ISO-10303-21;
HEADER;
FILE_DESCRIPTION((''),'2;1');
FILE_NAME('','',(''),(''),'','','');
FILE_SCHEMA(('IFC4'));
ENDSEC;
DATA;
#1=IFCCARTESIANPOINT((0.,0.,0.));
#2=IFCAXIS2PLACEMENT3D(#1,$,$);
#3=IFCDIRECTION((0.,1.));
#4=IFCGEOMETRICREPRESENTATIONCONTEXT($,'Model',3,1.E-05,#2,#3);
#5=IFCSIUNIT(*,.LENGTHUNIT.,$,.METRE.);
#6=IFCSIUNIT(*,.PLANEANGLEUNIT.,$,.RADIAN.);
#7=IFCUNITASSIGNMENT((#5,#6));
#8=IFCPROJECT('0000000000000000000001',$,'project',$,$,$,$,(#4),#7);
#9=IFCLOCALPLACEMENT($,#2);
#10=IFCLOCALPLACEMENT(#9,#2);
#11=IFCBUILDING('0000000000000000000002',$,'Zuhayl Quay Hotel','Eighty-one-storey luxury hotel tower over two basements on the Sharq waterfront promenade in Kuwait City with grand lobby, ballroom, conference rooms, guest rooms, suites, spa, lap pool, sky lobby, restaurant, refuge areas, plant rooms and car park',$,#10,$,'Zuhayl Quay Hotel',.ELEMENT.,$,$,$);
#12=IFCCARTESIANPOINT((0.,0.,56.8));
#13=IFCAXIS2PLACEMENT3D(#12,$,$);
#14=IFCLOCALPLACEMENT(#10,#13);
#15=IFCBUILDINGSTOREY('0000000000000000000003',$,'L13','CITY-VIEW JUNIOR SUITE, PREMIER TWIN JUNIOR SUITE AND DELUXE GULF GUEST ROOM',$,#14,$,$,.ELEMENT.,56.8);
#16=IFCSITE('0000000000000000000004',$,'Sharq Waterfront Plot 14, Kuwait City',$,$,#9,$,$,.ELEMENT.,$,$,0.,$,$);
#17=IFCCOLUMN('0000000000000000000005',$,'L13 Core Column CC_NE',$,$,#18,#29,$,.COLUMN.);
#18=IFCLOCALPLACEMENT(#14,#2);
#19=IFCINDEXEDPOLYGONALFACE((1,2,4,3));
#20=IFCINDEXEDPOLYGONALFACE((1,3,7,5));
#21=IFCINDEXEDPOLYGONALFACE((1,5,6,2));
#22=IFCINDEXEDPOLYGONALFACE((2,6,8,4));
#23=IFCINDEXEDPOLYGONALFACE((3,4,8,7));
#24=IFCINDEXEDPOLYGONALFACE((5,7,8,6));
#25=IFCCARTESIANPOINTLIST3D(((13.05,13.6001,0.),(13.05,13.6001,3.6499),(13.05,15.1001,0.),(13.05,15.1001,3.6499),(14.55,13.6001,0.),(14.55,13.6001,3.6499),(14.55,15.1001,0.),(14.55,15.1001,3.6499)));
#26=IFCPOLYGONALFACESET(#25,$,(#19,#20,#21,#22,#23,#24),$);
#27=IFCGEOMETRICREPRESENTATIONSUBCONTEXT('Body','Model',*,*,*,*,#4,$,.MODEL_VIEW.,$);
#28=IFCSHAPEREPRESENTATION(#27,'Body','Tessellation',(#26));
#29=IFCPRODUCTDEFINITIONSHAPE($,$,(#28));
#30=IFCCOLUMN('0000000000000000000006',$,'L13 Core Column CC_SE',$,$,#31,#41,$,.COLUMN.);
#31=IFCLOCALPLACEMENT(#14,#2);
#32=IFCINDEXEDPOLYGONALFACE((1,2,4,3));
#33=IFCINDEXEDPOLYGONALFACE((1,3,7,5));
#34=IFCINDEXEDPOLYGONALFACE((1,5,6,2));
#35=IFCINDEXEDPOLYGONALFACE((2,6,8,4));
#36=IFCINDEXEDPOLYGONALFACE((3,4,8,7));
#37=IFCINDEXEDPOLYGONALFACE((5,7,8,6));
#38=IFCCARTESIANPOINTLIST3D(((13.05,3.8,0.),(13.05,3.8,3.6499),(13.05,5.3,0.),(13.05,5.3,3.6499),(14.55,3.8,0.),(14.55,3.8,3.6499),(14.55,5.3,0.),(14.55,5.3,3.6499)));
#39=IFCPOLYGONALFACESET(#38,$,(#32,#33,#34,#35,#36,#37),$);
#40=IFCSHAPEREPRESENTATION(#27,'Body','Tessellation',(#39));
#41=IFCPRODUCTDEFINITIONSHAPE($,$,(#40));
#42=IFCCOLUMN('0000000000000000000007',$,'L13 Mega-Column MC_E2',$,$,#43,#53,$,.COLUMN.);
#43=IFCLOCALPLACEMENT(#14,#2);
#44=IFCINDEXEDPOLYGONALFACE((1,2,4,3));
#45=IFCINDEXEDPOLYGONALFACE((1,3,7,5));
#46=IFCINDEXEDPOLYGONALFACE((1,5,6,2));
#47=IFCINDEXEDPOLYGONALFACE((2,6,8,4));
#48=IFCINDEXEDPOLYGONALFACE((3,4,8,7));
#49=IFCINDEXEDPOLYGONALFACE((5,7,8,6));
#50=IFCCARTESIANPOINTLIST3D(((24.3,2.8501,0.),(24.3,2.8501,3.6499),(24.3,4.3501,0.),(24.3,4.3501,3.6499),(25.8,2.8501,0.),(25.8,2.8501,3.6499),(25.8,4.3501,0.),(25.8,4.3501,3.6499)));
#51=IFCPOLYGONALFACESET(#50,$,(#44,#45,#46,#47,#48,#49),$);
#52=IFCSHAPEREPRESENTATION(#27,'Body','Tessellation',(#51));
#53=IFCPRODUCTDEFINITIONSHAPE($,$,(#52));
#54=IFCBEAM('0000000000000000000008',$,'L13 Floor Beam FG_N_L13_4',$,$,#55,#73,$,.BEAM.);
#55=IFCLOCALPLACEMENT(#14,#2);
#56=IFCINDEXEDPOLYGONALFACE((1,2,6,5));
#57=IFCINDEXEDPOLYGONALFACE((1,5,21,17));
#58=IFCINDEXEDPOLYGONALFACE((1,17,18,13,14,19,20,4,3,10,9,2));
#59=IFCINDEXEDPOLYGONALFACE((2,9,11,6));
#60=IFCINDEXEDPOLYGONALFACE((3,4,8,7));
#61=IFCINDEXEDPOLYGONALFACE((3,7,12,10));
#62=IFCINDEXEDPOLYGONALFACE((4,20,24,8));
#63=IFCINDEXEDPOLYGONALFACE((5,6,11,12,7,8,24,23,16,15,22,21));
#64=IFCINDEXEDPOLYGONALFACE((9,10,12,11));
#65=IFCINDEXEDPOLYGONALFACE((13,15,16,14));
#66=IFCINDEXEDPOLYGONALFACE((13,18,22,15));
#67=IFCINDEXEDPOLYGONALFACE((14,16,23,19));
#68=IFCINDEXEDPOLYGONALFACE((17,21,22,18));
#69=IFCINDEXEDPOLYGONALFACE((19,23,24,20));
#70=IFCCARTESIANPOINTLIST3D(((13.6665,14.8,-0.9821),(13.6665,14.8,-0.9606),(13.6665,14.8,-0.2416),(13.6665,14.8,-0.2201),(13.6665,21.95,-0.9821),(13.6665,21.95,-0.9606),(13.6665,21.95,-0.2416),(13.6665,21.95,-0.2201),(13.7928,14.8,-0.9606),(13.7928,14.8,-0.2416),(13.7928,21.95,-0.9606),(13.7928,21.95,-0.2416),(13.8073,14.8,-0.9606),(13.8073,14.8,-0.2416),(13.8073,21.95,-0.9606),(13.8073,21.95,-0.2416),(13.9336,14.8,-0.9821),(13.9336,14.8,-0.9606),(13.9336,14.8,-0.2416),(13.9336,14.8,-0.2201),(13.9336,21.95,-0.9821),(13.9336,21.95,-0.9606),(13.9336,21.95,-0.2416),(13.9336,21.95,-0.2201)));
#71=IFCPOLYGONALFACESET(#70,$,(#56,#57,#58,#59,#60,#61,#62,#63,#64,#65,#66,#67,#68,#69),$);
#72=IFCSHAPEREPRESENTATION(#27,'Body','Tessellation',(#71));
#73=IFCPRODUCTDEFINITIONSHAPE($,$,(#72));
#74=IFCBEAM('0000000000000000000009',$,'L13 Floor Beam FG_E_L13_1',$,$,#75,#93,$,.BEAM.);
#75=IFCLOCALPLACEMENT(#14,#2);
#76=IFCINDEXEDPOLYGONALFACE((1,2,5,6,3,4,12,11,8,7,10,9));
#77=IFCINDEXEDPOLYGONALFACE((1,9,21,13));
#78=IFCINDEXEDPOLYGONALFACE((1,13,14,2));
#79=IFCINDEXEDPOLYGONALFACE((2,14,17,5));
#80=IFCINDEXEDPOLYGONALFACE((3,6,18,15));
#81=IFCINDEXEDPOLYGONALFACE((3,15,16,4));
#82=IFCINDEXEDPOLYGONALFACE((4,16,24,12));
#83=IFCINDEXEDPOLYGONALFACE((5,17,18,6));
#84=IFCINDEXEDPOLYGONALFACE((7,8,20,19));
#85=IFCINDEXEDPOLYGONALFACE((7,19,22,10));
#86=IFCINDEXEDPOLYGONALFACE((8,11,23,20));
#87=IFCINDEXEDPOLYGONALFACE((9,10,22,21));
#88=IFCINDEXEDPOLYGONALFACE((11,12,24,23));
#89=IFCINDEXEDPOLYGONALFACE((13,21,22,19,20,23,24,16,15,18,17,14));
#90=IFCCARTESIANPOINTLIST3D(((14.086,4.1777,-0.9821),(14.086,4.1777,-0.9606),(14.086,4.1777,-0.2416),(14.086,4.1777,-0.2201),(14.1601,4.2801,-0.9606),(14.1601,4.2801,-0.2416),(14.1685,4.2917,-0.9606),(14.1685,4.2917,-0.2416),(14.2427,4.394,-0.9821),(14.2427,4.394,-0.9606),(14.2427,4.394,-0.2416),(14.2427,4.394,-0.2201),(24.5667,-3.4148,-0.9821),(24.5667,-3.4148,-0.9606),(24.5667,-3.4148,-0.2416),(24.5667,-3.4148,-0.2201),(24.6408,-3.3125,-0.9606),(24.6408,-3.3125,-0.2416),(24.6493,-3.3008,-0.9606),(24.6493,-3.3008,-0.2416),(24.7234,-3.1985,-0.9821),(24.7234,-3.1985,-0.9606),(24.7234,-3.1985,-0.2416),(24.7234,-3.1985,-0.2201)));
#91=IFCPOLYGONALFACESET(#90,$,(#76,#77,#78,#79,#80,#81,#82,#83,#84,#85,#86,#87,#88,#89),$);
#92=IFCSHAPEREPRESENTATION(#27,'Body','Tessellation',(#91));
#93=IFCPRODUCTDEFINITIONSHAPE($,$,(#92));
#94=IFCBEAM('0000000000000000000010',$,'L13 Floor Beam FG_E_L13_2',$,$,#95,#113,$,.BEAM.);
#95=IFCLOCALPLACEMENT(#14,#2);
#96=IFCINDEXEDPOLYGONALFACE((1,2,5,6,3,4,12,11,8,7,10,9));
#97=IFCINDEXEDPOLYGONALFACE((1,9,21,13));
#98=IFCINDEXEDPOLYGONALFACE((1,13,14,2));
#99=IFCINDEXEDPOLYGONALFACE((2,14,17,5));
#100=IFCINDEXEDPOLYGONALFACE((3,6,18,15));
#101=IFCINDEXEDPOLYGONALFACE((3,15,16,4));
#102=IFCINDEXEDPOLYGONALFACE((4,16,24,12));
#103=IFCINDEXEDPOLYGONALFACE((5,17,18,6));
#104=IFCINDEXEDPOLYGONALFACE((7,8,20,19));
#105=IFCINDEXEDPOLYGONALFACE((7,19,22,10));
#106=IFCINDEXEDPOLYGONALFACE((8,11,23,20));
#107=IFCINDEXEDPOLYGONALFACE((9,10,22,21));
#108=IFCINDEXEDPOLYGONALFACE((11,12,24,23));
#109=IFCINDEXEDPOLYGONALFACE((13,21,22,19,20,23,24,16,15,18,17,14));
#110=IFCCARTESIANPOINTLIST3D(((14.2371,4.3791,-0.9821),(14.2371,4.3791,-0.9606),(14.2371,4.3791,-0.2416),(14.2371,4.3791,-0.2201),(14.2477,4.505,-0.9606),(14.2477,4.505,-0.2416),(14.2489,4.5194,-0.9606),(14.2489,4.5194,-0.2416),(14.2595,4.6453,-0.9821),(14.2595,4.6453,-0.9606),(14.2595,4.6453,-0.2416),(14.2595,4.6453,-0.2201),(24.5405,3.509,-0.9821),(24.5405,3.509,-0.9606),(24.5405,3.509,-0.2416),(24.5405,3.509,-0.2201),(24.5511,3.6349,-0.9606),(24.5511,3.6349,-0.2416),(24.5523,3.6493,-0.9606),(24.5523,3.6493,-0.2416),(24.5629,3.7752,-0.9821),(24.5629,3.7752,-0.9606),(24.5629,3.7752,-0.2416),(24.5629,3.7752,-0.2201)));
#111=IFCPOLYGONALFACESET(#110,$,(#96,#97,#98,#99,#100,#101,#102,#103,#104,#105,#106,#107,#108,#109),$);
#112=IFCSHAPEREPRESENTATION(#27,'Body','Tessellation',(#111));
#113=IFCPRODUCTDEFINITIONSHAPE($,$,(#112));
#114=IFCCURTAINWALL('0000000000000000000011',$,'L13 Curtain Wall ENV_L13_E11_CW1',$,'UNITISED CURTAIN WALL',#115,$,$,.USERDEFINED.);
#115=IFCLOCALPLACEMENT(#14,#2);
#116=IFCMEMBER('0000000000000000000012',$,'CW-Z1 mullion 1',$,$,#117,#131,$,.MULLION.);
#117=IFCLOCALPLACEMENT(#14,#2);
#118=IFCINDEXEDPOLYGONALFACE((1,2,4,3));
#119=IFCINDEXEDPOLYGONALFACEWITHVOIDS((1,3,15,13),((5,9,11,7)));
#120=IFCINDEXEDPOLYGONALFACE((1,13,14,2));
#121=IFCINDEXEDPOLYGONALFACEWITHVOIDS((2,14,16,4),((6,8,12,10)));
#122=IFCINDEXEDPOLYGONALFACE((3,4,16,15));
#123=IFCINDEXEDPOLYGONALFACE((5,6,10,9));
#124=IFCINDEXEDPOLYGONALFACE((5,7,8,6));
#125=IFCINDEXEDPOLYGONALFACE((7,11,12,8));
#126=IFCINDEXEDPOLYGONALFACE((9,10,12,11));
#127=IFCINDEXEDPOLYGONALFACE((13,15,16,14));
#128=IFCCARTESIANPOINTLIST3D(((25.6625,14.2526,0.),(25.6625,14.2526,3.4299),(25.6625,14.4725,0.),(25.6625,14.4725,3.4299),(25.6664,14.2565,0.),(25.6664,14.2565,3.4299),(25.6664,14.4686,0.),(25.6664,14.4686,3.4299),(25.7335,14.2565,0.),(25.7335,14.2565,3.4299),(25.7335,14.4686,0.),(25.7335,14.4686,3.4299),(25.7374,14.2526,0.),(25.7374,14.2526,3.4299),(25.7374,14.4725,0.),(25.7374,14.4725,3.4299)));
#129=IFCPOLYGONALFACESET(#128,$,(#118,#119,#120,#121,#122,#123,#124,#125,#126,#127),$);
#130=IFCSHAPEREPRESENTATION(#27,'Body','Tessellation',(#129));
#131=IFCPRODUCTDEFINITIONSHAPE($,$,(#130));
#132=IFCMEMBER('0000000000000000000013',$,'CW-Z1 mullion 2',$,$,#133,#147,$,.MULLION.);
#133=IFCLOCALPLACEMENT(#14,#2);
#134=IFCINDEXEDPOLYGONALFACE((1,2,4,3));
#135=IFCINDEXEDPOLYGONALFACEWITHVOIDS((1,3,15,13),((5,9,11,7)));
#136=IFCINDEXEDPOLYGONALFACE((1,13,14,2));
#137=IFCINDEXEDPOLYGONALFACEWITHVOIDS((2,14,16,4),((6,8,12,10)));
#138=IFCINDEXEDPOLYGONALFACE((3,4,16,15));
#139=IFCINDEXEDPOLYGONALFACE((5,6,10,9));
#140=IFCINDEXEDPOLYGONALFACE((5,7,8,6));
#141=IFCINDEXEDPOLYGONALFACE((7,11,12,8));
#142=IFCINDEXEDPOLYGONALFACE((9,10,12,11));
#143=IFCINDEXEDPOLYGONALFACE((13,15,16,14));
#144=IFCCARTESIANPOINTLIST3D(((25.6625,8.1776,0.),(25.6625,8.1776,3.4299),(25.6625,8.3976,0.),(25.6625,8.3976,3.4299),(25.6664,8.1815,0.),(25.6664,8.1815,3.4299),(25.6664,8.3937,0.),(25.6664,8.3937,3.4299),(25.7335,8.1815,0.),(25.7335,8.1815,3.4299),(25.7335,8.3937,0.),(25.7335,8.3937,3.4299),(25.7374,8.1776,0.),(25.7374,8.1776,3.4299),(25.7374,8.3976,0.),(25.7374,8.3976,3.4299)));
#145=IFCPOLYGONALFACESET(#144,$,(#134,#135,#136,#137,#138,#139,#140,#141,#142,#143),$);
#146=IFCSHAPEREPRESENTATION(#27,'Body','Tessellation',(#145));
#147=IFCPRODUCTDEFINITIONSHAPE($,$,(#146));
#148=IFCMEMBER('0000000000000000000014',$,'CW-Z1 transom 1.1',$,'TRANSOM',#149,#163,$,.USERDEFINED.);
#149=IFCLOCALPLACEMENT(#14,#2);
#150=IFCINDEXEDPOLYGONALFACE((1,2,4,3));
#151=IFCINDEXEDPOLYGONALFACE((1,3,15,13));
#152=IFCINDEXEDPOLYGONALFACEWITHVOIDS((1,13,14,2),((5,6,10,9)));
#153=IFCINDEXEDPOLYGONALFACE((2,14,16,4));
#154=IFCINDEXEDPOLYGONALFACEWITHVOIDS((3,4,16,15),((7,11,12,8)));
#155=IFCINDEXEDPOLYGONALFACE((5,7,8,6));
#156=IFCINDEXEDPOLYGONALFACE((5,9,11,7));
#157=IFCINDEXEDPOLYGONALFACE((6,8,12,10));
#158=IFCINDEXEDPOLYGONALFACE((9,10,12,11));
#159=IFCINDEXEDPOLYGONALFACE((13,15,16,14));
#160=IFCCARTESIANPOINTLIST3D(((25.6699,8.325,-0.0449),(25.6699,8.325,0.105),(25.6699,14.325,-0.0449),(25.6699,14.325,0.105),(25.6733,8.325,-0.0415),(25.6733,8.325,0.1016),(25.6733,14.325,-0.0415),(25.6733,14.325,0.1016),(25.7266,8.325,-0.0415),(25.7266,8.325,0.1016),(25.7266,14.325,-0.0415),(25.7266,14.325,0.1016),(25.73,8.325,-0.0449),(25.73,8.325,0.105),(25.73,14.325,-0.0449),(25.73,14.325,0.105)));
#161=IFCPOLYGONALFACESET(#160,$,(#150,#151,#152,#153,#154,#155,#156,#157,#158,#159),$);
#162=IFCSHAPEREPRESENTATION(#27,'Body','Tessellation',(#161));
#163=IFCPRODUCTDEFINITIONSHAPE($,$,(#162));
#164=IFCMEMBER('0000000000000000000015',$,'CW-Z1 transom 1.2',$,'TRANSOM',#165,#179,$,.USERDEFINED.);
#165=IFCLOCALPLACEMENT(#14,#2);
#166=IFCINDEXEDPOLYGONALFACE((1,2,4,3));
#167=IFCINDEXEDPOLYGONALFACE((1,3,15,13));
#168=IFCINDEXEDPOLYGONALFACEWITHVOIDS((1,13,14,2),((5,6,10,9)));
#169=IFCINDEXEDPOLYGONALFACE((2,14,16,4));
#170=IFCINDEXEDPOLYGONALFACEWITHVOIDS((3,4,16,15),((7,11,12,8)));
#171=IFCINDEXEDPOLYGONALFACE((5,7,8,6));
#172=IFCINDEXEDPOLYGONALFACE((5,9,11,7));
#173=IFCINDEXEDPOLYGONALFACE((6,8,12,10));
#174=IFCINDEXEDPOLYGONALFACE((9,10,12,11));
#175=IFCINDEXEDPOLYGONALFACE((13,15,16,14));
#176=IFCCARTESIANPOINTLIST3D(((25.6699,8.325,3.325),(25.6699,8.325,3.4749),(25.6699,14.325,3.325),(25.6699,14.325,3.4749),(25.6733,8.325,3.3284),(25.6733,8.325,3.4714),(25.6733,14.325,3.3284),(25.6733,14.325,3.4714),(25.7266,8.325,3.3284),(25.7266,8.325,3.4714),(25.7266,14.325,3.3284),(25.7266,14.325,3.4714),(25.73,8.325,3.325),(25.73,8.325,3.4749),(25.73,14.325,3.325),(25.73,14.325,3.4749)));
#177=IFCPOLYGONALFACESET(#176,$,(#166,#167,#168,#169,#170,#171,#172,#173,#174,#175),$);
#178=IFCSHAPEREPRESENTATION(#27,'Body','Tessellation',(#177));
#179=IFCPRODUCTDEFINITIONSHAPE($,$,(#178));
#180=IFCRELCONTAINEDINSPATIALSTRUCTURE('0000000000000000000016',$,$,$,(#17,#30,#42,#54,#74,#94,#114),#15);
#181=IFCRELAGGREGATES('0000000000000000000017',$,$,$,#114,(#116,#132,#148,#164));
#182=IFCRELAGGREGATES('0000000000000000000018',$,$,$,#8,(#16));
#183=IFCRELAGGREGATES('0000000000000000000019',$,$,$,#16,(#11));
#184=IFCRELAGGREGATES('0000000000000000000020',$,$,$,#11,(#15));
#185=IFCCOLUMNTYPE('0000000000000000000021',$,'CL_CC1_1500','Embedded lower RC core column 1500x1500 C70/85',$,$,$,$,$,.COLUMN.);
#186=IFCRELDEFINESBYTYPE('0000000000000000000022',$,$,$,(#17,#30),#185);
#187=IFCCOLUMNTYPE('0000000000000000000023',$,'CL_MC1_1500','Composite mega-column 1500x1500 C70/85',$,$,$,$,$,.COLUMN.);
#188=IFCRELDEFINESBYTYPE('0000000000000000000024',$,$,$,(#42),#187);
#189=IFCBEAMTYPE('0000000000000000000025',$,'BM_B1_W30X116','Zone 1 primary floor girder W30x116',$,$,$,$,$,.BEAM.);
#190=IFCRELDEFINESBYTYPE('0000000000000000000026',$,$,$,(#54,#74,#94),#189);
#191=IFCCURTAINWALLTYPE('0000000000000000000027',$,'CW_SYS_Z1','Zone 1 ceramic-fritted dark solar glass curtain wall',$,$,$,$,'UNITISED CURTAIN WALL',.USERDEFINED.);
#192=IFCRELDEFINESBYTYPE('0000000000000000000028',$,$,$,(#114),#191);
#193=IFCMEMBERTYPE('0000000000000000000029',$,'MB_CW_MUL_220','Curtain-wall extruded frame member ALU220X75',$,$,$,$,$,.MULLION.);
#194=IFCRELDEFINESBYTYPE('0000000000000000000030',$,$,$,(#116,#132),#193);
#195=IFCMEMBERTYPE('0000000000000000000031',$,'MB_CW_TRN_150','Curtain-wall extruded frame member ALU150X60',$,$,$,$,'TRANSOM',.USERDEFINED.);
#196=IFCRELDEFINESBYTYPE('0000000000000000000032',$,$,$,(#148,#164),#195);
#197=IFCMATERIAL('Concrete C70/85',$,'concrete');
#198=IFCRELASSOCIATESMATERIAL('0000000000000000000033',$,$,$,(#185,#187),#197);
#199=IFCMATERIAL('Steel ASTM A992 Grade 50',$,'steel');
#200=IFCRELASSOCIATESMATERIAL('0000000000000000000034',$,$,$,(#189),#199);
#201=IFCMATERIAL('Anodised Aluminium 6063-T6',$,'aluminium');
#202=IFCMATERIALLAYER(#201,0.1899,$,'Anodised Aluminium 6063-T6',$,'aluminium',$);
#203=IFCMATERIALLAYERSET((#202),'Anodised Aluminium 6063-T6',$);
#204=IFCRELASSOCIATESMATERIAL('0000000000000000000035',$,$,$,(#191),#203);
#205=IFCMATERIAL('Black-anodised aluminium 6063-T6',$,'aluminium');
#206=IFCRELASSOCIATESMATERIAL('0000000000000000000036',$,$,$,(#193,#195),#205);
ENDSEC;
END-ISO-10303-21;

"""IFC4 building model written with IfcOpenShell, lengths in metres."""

from ifc_helpers import new_model, si_unit, direction, frame, origin, origin_2d, place, context, subcontext, project, spatial, rectangle, hollow_rectangle, i_section, extrude, material, layer, layer_set, material_profile, profile_set, type_object, element, aggregate, save


model = new_model("IFC4")

# Units and contexts
model_context = context("Model", 3, precision=1e-05, world=origin(), true_north=direction((0.0, 1.0)))
body_context = subcontext(model_context, "Body", "Model", "MODEL_VIEW")
ifc_project = project(units=[si_unit("LENGTHUNIT", "METRE"), si_unit("PLANEANGLEUNIT", "RADIAN")], contexts=[model_context])

# Site, building, storey
site_placement = place(None, origin())
site = spatial("IfcSite", under=ifc_project, at=site_placement, Name="Sharq Waterfront Plot 14, Kuwait City", CompositionType="ELEMENT", RefElevation=0.0)
building_placement = place(site_placement, origin())
building = spatial("IfcBuilding", under=site, at=building_placement, Name="Zuhayl Quay Hotel", Description="Eighty-one-storey luxury hotel tower over two basements on the Sharq waterfront promenade in Kuwait City with grand lobby, ballroom, conference rooms, guest rooms, suites, spa, lap pool, sky lobby, restaurant, refuge areas, plant rooms and car park", LongName="Zuhayl Quay Hotel", CompositionType="ELEMENT")
storey_placement = place(building_placement, frame((0.0, 0.0, 56.8)))
storey = spatial("IfcBuildingStorey", under=building, at=storey_placement, Name="L13", Description="CITY-VIEW JUNIOR SUITE, PREMIER TWIN JUNIOR SUITE AND DELUXE GULF GUEST ROOM", CompositionType="ELEMENT", Elevation=56.8)

# Columns
ifc_material_1 = material(Name="Concrete C70/85", Category="concrete")
ifc_material_profile_1 = material_profile(ifc_material_1, rectangle(XDim=1.5, YDim=1.5, at=origin_2d()), Name="RC1500X1500")
ifc_profile_set_1 = profile_set([ifc_material_profile_1], Name="Concrete C70/85")
column_type_1 = type_object("IfcColumnType", Name="CL_CC1_1500", Description="Embedded lower RC core column 1500x1500 C70/85", PredefinedType="COLUMN", material=ifc_profile_set_1)
for number, where, z_axis, x_axis, name in (
    (1, (13.8, 14.3501, 0.0), (0.0, 0.0, 1.0), (1.0, 0.0, 0.0), "L13 Core Column CC_NE"),
    (2, (13.8, 4.55, 0.0), (0.0, 0.0, 1.0), (1.0, 0.0, 0.0), "L13 Core Column CC_SE"),
):
    element("IfcColumn", number, at=place(storey_placement, frame(where, z_axis=z_axis, x_axis=x_axis)), inside=storey, type_object=column_type_1, Name=name, PredefinedType="COLUMN", context=body_context, shape_type="SweptSolid", body=[
        extrude(rectangle(XDim=1.5, YDim=1.5, at=origin_2d()), origin(), (0.0, 0.0, 1.0), 3.6499),
    ])
ifc_material_profile_2 = material_profile(ifc_material_1, rectangle(XDim=1.5, YDim=1.5, at=origin_2d()), Name="RC1500X1500")
ifc_profile_set_2 = profile_set([ifc_material_profile_2], Name="Concrete C70/85")
column_type_2 = type_object("IfcColumnType", Name="CL_MC1_1500", Description="Composite mega-column 1500x1500 C70/85", PredefinedType="COLUMN", material=ifc_profile_set_2)
column_placement = place(storey_placement, frame((25.05, 3.6001, 0.0), z_axis=(0.0, 0.0, 1.0), x_axis=(1.0, 0.0, 0.0)))
element("IfcColumn", 3, at=column_placement, inside=storey, type_object=column_type_2, Name="L13 Mega-Column MC_E2", PredefinedType="COLUMN", context=body_context, shape_type="SweptSolid", body=[
    extrude(rectangle(XDim=1.5, YDim=1.5, at=origin_2d()), origin(), (0.0, 0.0, 1.0), 3.6499),
])

# Beams
ifc_material_2 = material(Name="Steel ASTM A992 Grade 50", Category="steel")
ifc_material_profile_3 = material_profile(ifc_material_2, i_section(OverallWidth=0.2671, OverallDepth=0.762, WebThickness=0.0144, FlangeThickness=0.0215, at=origin_2d()), Name="W30X116")
ifc_profile_set_3 = profile_set([ifc_material_profile_3], Name="Steel ASTM A992 Grade 50")
beam_type = type_object("IfcBeamType", Name="BM_B1_W30X116", Description="Zone 1 primary floor girder W30x116", PredefinedType="BEAM", material=ifc_profile_set_3)
beam_1_placement = place(storey_placement, frame((13.8, 14.8, -0.6011), z_axis=(0.0, 1.0, 0.0), x_axis=(-1.0, 0.0, 0.0)))
element("IfcBeam", 4, at=beam_1_placement, inside=storey, type_object=beam_type, Name="L13 Floor Beam FG_N_L13_4", PredefinedType="BEAM", context=body_context, shape_type="SweptSolid", body=[
    extrude(i_section(OverallWidth=0.2671, OverallDepth=0.762, WebThickness=0.0144, FlangeThickness=0.0215, at=origin_2d()), origin(), (0.0, 0.0, 1.0), 7.1499),
])
beam_2_placement = place(storey_placement, frame((14.1643, 4.2859, -0.6011), z_axis=(0.80983, -0.586664, 0.0), x_axis=(0.586664, 0.80983, 0.0)))
element("IfcBeam", 5, at=beam_2_placement, inside=storey, type_object=beam_type, Name="L13 Floor Beam FG_E_L13_1", PredefinedType="BEAM", context=body_context, shape_type="SweptSolid", body=[
    extrude(i_section(OverallWidth=0.2671, OverallDepth=0.762, WebThickness=0.0144, FlangeThickness=0.0215, at=origin_2d()), origin(), (0.0, 0.0, 1.0), 12.9419),
])
beam_3_placement = place(storey_placement, frame((14.2483, 4.5122, -0.6011), z_axis=(0.996453, -0.084149, 0.0), x_axis=(0.084149, 0.996453, 0.0)))
element("IfcBeam", 6, at=beam_3_placement, inside=storey, type_object=beam_type, Name="L13 Floor Beam FG_E_L13_2", PredefinedType="BEAM", context=body_context, shape_type="SweptSolid", body=[
    extrude(i_section(OverallWidth=0.2671, OverallDepth=0.762, WebThickness=0.0144, FlangeThickness=0.0215, at=origin_2d()), origin(), (0.0, 0.0, 1.0), 10.3401),
])

# Curtain wall, members
ifc_material_3 = material(Name="Anodised Aluminium 6063-T6", Category="aluminium")
ifc_layer_1 = layer(ifc_material_3, 0.1899, Name="Anodised Aluminium 6063-T6", Category="aluminium")
ifc_layer_set_1 = layer_set([ifc_layer_1], Name="Anodised Aluminium 6063-T6")
curtain_wall_type = type_object("IfcCurtainWallType", Name="CW_SYS_Z1", Description="Zone 1 ceramic-fritted dark solar glass curtain wall", ElementType="UNITISED CURTAIN WALL", PredefinedType="USERDEFINED", material=ifc_layer_set_1)
curtain_wall_placement = place(storey_placement, origin())
curtain_wall = element("IfcCurtainWall", 7, at=curtain_wall_placement, inside=storey, type_object=curtain_wall_type, Name="L13 Curtain Wall ENV_L13_E11_CW1", ObjectType="UNITISED CURTAIN WALL", PredefinedType="USERDEFINED")
ifc_material_4 = material(Name="Black-anodised aluminium 6063-T6", Category="aluminium")
ifc_material_profile_4 = material_profile(ifc_material_4, hollow_rectangle(XDim=0.075, YDim=0.22, WallThickness=0.0039, at=origin_2d()), Name="ALU220X75")
ifc_profile_set_4 = profile_set([ifc_material_profile_4], Name="Black-anodised aluminium 6063-T6")
member_type_1 = type_object("IfcMemberType", Name="MB_CW_MUL_220", Description="Curtain-wall extruded frame member ALU220X75", PredefinedType="MULLION", material=ifc_profile_set_4)
member_1_placement = place(storey_placement, frame((25.7, 14.3625, 0.0), z_axis=(0.0, 0.0, 1.0), x_axis=(1.0, 0.0, 0.0)))
member_1 = element("IfcMember", 8, at=member_1_placement, type_object=member_type_1, Name="CW-Z1 mullion 1", PredefinedType="MULLION", context=body_context, shape_type="SweptSolid", body=[
    extrude(hollow_rectangle(XDim=0.075, YDim=0.22, WallThickness=0.0039, at=origin_2d()), origin(), (0.0, 0.0, 1.0), 3.4299),
])
member_2_placement = place(storey_placement, frame((25.7, 8.2876, 0.0), z_axis=(0.0, 0.0, 1.0), x_axis=(1.0, 0.0, 0.0)))
member_2 = element("IfcMember", 9, at=member_2_placement, type_object=member_type_1, Name="CW-Z1 mullion 2", PredefinedType="MULLION", context=body_context, shape_type="SweptSolid", body=[
    extrude(hollow_rectangle(XDim=0.075, YDim=0.22, WallThickness=0.0039, at=origin_2d()), origin(), (0.0, 0.0, 1.0), 3.4299),
])
ifc_material_profile_5 = material_profile(ifc_material_4, hollow_rectangle(XDim=0.0601, YDim=0.1499, WallThickness=0.0034, at=origin_2d()), Name="ALU150X60")
ifc_profile_set_5 = profile_set([ifc_material_profile_5], Name="Black-anodised aluminium 6063-T6")
member_type_2 = type_object("IfcMemberType", Name="MB_CW_TRN_150", Description="Curtain-wall extruded frame member ALU150X60", ElementType="TRANSOM", PredefinedType="USERDEFINED", material=ifc_profile_set_5)
member_3_placement = place(storey_placement, frame((25.7, 14.325, 0.03), z_axis=(0.0, -1.0, 0.0), x_axis=(1.0, 0.0, 0.0)))
member_3 = element("IfcMember", 10, at=member_3_placement, type_object=member_type_2, Name="CW-Z1 transom 1.1", ObjectType="TRANSOM", PredefinedType="USERDEFINED", context=body_context, shape_type="SweptSolid", body=[
    extrude(hollow_rectangle(XDim=0.0601, YDim=0.1499, WallThickness=0.0034, at=origin_2d()), origin(), (0.0, 0.0, 1.0), 6.0),
])
member_4_placement = place(storey_placement, frame((25.7, 14.325, 3.3999), z_axis=(0.0, -1.0, 0.0), x_axis=(1.0, 0.0, 0.0)))
member_4 = element("IfcMember", 11, at=member_4_placement, type_object=member_type_2, Name="CW-Z1 transom 1.2", ObjectType="TRANSOM", PredefinedType="USERDEFINED", context=body_context, shape_type="SweptSolid", body=[
    extrude(hollow_rectangle(XDim=0.0601, YDim=0.1499, WallThickness=0.0034, at=origin_2d()), origin(), (0.0, 0.0, 1.0), 6.0),
])
aggregate(curtain_wall, [member_1, member_2, member_3, member_4])

save(model, "model.ifc")
